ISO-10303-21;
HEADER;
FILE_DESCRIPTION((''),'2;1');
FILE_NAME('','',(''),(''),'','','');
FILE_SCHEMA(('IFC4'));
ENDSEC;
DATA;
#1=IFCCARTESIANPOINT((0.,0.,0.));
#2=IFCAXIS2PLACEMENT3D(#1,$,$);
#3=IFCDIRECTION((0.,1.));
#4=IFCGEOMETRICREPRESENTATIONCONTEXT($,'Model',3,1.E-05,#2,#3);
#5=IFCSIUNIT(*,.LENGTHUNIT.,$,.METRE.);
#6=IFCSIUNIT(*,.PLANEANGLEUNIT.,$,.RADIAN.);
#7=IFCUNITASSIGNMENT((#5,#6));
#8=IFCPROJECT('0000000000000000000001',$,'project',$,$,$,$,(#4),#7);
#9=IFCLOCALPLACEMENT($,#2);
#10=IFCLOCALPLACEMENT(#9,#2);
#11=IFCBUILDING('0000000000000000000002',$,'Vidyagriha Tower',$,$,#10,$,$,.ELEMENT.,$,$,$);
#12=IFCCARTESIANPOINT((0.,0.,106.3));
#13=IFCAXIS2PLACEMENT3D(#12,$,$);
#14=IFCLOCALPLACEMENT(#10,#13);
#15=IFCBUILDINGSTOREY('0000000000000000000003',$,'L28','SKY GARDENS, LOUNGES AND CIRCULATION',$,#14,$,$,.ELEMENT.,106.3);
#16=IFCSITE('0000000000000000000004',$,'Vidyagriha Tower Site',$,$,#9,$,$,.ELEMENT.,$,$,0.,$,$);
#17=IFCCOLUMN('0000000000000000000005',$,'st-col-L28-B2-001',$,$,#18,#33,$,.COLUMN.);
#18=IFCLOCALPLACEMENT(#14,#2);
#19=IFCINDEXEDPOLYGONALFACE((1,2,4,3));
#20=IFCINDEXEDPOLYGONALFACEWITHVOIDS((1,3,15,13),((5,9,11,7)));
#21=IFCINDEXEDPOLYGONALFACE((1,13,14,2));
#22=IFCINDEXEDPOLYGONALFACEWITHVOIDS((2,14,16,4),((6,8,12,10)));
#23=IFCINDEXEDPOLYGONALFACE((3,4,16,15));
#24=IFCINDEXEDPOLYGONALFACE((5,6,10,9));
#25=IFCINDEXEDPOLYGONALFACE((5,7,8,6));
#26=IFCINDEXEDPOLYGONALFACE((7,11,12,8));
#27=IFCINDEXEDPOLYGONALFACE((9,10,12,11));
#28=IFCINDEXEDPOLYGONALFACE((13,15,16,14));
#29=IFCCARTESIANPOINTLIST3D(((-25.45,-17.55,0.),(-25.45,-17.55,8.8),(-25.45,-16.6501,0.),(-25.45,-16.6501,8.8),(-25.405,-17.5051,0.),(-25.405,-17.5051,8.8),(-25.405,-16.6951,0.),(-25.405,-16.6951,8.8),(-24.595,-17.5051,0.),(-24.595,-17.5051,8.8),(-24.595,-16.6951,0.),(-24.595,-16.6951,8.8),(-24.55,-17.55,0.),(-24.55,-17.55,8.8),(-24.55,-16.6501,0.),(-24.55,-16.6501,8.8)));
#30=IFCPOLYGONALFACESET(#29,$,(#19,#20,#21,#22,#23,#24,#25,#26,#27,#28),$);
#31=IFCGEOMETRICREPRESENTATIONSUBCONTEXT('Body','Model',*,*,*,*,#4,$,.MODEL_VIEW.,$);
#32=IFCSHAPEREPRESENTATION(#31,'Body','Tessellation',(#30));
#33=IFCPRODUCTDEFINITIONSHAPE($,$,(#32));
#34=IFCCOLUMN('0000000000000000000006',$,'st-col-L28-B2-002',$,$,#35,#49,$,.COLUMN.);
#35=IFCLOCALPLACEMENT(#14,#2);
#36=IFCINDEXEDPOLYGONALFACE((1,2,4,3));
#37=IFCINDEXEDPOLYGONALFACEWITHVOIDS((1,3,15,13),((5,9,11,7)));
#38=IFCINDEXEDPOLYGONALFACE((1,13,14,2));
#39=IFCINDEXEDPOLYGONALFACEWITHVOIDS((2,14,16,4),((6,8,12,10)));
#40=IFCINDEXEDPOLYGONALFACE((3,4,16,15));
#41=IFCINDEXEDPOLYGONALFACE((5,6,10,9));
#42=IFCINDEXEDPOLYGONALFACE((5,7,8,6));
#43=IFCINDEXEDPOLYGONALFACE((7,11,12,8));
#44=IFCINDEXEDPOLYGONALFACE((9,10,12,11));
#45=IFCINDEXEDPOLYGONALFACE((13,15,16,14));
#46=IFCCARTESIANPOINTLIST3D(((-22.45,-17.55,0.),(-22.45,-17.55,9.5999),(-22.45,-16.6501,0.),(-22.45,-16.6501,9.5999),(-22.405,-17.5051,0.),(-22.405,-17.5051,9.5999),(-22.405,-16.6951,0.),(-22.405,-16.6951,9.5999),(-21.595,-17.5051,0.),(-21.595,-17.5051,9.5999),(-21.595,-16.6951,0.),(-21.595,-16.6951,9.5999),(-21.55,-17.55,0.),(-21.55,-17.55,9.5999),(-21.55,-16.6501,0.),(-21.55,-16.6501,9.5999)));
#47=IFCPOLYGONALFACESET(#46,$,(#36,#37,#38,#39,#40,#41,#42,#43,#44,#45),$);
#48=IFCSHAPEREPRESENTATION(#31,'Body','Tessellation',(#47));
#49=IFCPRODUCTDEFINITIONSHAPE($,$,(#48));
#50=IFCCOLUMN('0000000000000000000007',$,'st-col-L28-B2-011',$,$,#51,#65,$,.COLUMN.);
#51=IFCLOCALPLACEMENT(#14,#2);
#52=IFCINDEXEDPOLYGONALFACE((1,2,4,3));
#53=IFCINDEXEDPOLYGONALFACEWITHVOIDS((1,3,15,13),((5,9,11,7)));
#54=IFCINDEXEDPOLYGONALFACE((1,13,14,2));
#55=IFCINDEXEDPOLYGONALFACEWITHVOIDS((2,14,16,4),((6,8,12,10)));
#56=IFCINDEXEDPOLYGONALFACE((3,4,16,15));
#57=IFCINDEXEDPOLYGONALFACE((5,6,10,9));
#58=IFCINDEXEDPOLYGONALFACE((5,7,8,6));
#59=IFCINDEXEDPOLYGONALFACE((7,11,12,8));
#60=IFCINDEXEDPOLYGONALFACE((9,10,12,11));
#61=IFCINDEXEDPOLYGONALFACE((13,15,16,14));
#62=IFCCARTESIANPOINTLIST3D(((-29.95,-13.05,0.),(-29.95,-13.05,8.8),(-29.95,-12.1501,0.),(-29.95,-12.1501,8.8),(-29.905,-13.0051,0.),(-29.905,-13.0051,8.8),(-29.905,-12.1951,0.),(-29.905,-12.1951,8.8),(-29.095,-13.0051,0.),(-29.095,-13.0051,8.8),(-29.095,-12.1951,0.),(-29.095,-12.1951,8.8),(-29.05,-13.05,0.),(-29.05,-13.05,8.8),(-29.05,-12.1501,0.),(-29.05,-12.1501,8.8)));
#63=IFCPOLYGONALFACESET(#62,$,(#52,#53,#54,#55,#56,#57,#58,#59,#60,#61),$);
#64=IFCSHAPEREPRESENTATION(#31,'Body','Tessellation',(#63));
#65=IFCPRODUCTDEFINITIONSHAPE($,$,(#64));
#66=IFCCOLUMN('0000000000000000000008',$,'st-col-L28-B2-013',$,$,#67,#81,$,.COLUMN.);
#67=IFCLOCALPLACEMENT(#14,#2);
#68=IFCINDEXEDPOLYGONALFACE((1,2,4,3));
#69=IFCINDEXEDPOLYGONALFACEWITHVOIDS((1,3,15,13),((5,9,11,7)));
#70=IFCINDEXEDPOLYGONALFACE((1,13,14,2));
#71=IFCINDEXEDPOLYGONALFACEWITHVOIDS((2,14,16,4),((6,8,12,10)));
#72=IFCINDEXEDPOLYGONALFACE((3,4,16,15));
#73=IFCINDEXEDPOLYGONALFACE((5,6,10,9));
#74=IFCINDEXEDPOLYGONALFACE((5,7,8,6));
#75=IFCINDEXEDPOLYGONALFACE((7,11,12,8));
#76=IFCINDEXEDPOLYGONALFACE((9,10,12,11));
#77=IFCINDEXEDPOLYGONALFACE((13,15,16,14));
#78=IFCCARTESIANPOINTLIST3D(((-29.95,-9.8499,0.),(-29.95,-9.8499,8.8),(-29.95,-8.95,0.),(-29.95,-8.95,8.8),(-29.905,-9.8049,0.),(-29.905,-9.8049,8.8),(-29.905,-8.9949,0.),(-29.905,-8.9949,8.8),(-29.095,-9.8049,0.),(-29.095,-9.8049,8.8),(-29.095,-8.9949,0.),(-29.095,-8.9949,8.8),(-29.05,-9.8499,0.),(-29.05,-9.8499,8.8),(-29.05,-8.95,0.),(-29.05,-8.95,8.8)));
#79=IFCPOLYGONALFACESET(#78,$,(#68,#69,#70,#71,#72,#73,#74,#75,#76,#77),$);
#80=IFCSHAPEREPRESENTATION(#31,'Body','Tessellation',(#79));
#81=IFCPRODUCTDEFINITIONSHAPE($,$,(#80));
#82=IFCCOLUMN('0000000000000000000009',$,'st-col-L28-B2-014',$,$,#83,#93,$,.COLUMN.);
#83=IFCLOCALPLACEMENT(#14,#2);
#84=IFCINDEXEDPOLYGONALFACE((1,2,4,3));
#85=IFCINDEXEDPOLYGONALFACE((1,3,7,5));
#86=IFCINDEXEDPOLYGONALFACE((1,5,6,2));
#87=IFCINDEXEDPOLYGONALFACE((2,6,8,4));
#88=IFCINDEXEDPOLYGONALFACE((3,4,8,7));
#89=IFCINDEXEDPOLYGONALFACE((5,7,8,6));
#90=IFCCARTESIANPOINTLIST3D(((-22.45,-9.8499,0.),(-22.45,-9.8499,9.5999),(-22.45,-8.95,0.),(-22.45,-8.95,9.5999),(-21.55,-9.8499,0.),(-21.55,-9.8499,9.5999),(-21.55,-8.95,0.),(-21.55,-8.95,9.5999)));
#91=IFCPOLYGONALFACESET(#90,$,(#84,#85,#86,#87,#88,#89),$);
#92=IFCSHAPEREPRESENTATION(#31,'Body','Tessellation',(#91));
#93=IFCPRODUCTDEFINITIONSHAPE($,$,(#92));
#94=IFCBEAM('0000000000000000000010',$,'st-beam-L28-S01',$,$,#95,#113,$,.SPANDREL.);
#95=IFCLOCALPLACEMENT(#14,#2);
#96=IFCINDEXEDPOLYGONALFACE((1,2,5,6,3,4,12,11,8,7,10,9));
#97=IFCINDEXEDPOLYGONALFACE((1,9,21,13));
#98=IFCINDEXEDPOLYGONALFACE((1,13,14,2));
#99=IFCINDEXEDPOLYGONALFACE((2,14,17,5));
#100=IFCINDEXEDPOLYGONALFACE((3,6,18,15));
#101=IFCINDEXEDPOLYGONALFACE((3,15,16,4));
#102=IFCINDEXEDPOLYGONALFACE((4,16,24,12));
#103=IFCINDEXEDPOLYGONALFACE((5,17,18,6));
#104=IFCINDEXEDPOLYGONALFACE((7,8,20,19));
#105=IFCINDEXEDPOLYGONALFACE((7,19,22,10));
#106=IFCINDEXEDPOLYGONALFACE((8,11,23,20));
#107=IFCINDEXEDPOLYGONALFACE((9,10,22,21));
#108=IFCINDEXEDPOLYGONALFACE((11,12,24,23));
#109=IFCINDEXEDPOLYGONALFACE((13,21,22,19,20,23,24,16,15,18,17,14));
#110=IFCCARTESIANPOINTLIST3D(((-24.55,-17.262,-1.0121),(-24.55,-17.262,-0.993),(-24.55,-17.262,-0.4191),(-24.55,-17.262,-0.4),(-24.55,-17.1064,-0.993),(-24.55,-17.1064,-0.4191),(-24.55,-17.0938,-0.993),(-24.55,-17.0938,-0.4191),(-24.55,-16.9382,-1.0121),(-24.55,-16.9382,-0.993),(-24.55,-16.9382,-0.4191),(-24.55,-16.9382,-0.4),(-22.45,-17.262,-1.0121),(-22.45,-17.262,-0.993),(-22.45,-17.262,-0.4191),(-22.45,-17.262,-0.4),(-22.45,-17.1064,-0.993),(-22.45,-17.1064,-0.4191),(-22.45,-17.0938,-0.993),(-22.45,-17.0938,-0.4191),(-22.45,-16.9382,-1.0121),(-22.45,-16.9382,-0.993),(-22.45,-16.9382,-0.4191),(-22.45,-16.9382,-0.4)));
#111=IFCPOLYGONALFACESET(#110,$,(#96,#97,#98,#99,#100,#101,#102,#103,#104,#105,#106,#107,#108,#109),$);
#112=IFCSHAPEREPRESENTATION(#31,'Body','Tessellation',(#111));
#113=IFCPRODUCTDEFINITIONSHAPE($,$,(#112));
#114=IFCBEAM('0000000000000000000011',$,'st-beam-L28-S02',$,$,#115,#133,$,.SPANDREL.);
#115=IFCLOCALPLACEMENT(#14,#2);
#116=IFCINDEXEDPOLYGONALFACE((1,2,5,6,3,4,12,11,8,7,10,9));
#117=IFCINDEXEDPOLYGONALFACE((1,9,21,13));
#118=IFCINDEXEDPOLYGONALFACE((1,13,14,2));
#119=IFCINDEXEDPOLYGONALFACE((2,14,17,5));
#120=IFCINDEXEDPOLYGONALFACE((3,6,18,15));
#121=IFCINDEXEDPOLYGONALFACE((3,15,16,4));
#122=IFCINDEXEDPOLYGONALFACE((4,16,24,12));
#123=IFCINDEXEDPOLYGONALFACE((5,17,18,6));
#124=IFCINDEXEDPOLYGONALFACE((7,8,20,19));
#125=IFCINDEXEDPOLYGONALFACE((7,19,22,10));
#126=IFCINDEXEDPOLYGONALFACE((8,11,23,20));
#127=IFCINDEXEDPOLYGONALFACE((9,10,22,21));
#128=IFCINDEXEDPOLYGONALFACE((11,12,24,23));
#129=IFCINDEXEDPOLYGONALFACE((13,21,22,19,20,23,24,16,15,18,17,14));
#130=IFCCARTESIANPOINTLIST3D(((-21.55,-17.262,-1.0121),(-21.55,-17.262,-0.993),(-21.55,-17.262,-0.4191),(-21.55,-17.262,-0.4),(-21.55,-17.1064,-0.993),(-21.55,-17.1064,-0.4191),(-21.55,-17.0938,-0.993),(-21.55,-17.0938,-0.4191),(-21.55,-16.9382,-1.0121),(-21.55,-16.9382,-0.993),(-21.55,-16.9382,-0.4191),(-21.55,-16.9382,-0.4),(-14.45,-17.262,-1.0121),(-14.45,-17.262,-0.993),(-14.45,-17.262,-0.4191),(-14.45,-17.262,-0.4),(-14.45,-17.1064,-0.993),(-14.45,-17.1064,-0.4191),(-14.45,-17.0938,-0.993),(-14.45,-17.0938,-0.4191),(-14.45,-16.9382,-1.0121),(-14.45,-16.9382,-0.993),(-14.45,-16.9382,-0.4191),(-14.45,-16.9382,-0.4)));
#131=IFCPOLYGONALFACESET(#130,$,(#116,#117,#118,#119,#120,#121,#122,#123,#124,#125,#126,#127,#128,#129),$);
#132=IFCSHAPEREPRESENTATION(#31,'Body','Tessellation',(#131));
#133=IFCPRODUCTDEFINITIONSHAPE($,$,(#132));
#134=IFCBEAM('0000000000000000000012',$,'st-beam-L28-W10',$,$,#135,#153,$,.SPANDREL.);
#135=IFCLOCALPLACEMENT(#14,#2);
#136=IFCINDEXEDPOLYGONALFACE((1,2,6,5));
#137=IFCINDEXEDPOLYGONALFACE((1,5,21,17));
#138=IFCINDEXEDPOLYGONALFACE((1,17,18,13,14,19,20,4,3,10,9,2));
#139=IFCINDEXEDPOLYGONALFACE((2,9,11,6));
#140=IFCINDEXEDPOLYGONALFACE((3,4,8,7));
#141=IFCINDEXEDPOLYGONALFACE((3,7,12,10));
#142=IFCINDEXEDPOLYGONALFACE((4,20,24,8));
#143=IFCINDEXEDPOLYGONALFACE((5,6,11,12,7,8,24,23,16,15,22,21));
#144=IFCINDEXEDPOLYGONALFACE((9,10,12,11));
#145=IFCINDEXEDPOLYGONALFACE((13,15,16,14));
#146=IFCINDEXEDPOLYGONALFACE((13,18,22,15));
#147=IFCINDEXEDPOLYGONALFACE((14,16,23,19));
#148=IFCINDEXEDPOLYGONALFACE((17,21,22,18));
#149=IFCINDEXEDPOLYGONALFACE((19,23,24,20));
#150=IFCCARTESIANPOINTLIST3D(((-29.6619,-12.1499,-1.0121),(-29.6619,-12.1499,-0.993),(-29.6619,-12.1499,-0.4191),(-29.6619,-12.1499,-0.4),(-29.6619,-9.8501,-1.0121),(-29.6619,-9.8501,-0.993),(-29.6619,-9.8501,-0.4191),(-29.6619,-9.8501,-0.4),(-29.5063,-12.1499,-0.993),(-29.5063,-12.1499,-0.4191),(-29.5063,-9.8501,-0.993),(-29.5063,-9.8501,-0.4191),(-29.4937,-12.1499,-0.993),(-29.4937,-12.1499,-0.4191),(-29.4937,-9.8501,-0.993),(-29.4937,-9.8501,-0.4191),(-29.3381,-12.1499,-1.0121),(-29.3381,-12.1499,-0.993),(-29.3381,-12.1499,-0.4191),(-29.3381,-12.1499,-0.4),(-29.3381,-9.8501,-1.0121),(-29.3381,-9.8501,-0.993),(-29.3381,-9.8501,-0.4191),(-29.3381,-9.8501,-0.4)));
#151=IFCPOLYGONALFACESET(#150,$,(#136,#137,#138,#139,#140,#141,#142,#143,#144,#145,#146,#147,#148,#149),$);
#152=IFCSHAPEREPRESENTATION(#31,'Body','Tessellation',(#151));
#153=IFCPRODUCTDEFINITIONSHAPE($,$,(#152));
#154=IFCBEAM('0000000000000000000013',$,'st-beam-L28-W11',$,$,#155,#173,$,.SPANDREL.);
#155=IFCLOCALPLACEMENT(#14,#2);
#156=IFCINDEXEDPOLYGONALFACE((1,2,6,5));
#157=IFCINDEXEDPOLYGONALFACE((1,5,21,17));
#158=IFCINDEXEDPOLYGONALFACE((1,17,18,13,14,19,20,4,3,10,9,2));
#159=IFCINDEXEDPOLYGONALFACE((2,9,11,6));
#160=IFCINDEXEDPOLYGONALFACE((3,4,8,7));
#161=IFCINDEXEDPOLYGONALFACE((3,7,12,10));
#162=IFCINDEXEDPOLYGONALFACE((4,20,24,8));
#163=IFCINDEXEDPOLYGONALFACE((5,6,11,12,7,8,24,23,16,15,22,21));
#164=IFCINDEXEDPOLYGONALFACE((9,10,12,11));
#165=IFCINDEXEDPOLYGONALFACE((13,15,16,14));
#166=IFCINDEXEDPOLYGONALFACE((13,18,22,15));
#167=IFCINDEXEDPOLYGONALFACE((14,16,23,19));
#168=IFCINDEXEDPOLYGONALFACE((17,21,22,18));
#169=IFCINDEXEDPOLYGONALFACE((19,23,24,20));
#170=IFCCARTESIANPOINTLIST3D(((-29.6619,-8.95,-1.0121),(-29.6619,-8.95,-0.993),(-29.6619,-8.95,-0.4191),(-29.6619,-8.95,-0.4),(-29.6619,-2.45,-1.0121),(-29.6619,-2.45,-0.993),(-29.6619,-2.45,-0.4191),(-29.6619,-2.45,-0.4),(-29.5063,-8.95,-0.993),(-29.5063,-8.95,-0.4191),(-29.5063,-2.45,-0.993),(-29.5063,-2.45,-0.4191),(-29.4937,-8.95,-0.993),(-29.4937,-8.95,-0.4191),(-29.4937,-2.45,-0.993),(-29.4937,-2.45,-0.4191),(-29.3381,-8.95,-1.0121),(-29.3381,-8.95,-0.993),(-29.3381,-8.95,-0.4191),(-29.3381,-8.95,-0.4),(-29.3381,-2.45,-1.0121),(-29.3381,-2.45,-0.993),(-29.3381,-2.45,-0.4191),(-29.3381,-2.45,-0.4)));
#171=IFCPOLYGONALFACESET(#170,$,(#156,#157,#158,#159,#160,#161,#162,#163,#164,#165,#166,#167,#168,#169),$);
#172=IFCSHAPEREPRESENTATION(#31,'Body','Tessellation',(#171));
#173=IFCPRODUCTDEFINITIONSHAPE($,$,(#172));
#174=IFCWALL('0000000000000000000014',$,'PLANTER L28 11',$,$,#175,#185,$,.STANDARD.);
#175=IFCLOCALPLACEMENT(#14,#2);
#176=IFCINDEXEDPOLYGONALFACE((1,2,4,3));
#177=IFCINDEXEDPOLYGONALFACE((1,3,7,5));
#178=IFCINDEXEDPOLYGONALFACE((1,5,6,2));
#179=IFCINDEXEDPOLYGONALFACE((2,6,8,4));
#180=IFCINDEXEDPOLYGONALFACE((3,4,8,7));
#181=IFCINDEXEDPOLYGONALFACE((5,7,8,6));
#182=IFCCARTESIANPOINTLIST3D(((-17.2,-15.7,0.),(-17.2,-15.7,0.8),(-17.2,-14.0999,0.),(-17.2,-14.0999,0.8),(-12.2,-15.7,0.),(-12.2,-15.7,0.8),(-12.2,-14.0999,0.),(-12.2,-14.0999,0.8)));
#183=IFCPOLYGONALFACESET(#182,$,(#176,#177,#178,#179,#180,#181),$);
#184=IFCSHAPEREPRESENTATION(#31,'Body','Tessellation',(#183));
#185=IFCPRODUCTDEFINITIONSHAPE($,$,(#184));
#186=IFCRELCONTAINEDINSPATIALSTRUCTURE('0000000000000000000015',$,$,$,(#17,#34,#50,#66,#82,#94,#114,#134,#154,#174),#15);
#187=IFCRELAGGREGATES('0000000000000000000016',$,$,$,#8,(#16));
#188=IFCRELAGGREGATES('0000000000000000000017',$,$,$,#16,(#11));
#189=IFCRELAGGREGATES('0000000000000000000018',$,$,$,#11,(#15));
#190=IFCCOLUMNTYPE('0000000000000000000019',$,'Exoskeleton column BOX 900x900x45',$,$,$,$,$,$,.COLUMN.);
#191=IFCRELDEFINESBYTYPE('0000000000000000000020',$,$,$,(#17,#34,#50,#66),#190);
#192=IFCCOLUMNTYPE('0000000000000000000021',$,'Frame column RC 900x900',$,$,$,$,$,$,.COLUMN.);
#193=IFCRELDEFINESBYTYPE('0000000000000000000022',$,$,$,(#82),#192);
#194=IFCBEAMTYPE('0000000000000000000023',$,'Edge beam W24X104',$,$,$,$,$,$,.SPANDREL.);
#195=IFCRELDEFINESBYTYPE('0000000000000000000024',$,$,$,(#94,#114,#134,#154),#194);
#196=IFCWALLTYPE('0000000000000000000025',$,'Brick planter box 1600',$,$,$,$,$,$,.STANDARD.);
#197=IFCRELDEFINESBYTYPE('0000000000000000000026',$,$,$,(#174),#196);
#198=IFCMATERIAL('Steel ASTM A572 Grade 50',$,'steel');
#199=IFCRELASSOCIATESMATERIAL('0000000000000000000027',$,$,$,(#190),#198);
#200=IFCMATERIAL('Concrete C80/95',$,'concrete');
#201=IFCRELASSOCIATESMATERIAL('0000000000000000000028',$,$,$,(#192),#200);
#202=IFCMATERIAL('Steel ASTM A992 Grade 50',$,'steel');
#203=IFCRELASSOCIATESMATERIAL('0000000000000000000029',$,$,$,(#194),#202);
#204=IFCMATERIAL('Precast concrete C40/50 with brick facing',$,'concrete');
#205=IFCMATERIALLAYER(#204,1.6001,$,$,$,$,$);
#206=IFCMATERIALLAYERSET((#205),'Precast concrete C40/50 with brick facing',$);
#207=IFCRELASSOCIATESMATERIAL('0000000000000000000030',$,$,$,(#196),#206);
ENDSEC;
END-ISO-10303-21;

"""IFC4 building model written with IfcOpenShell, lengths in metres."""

from ifc_helpers import new_model, si_unit, direction, frame, frame_2d, origin, origin_2d, place, context, subcontext, project, spatial, rectangle, hollow_rectangle, i_section, extrude, material, layer, layer_set, material_profile, profile_set, type_object, element, save


model = new_model("IFC4")

# Units and contexts
model_context = context("Model", 3, precision=1e-05, world=origin(), true_north=direction((0.0, 1.0)))
body_context = subcontext(model_context, "Body", "Model", "MODEL_VIEW")
ifc_project = project(units=[si_unit("LENGTHUNIT", "METRE"), si_unit("PLANEANGLEUNIT", "RADIAN")], contexts=[model_context])

# Site, building, storey
site_placement = place(None, origin())
site = spatial("IfcSite", under=ifc_project, at=site_placement, Name="Vidyagriha Tower Site", CompositionType="ELEMENT", RefElevation=0.0)
building_placement = place(site_placement, origin())
building = spatial("IfcBuilding", under=site, at=building_placement, Name="Vidyagriha Tower", CompositionType="ELEMENT")
storey_placement = place(building_placement, frame((0.0, 0.0, 106.3)))
storey = spatial("IfcBuildingStorey", under=building, at=storey_placement, Name="L28", Description="SKY GARDENS, LOUNGES AND CIRCULATION", CompositionType="ELEMENT", Elevation=106.3)

# Columns
ifc_material_1 = material(Name="Steel ASTM A572 Grade 50", Category="steel")
ifc_material_profile_1 = material_profile(ifc_material_1, hollow_rectangle(XDim=0.8999, YDim=0.8999, WallThickness=0.0449, at=origin_2d()), Name="BOX 900x900x45")
ifc_profile_set_1 = profile_set([ifc_material_profile_1], Name="Steel ASTM A572 Grade 50")
column_type_1 = type_object("IfcColumnType", Name="Exoskeleton column BOX 900x900x45", PredefinedType="COLUMN", material=ifc_profile_set_1)
column_1_placement = place(storey_placement, frame((-25.0, -17.1001, 0.0)))
element("IfcColumn", 1, at=column_1_placement, inside=storey, type_object=column_type_1, Name="st-col-L28-B2-001", PredefinedType="COLUMN", context=body_context, shape_type="SweptSolid", body=[
    extrude(hollow_rectangle(XDim=0.8999, YDim=0.8999, WallThickness=0.0449, at=origin_2d()), origin(), (0.0, 0.0, 1.0), 8.8),
])
column_2_placement = place(storey_placement, frame((-22.0, -17.1001, 0.0)))
element("IfcColumn", 2, at=column_2_placement, inside=storey, type_object=column_type_1, Name="st-col-L28-B2-002", PredefinedType="COLUMN", context=body_context, shape_type="SweptSolid", body=[
    extrude(hollow_rectangle(XDim=0.8999, YDim=0.8999, WallThickness=0.0449, at=origin_2d()), origin(), (0.0, 0.0, 1.0), 9.5999),
])
for number, where, name in (
    (3, (-29.5, -12.6001, 0.0), "st-col-L28-B2-011"),
    (4, (-29.5, -9.3999, 0.0), "st-col-L28-B2-013"),
):
    element("IfcColumn", number, at=place(storey_placement, frame(where)), inside=storey, type_object=column_type_1, Name=name, PredefinedType="COLUMN", context=body_context, shape_type="SweptSolid", body=[
        extrude(hollow_rectangle(XDim=0.8999, YDim=0.8999, WallThickness=0.0449, at=origin_2d()), origin(), (0.0, 0.0, 1.0), 8.8),
    ])
ifc_material_2 = material(Name="Concrete C80/95", Category="concrete")
ifc_material_profile_2 = material_profile(ifc_material_2, rectangle(XDim=0.8999, YDim=0.8999, at=origin_2d()), Name="RC 900x900")
ifc_profile_set_2 = profile_set([ifc_material_profile_2], Name="Concrete C80/95")
column_type_2 = type_object("IfcColumnType", Name="Frame column RC 900x900", PredefinedType="COLUMN", material=ifc_profile_set_2)
column_3_placement = place(storey_placement, frame((-22.0, -9.3999, 0.0)))
element("IfcColumn", 5, at=column_3_placement, inside=storey, type_object=column_type_2, Name="st-col-L28-B2-014", PredefinedType="COLUMN", context=body_context, shape_type="SweptSolid", body=[
    extrude(rectangle(XDim=0.8999, YDim=0.8999, at=origin_2d()), origin(), (0.0, 0.0, 1.0), 9.5999),
])

# Beams
ifc_material_3 = material(Name="Steel ASTM A992 Grade 50", Category="steel")
ifc_material_profile_3 = material_profile(ifc_material_3, i_section(OverallWidth=0.3237, OverallDepth=0.6121, WebThickness=0.0127, FlangeThickness=0.019, at=origin_2d()), Name="W24X104")
ifc_profile_set_3 = profile_set([ifc_material_profile_3], Name="Steel ASTM A992 Grade 50")
beam_type = type_object("IfcBeamType", Name="Edge beam W24X104", PredefinedType="SPANDREL", material=ifc_profile_set_3)
beam_1_placement = place(storey_placement, frame((-24.55, -17.1001, -0.7061), z_axis=(1.0, 0.0, 0.0), x_axis=(0.0, 1.0, 0.0)))
element("IfcBeam", 6, at=beam_1_placement, inside=storey, type_object=beam_type, Name="st-beam-L28-S01", PredefinedType="SPANDREL", context=body_context, shape_type="SweptSolid", body=[
    extrude(i_section(OverallWidth=0.3237, OverallDepth=0.6121, WebThickness=0.0127, FlangeThickness=0.019, at=origin_2d()), origin(), (0.0, 0.0, 1.0), 2.1001),
])
beam_2_placement = place(storey_placement, frame((-21.55, -17.1001, -0.7061), z_axis=(1.0, 0.0, 0.0), x_axis=(0.0, 1.0, 0.0)))
element("IfcBeam", 7, at=beam_2_placement, inside=storey, type_object=beam_type, Name="st-beam-L28-S02", PredefinedType="SPANDREL", context=body_context, shape_type="SweptSolid", body=[
    extrude(i_section(OverallWidth=0.3237, OverallDepth=0.6121, WebThickness=0.0127, FlangeThickness=0.019, at=origin_2d()), origin(), (0.0, 0.0, 1.0), 7.1001),
])
beam_3_placement = place(storey_placement, frame((-29.5, -12.1499, -0.7061), z_axis=(0.0, 1.0, 0.0), x_axis=(-1.0, 0.0, 0.0)))
element("IfcBeam", 8, at=beam_3_placement, inside=storey, type_object=beam_type, Name="st-beam-L28-W10", PredefinedType="SPANDREL", context=body_context, shape_type="SweptSolid", body=[
    extrude(i_section(OverallWidth=0.3237, OverallDepth=0.6121, WebThickness=0.0127, FlangeThickness=0.019, at=origin_2d()), origin(), (0.0, 0.0, 1.0), 2.2998),
])
beam_4_placement = place(storey_placement, frame((-29.5, -8.95, -0.7061), z_axis=(0.0, 1.0, 0.0), x_axis=(-1.0, 0.0, 0.0)))
element("IfcBeam", 9, at=beam_4_placement, inside=storey, type_object=beam_type, Name="st-beam-L28-W11", PredefinedType="SPANDREL", context=body_context, shape_type="SweptSolid", body=[
    extrude(i_section(OverallWidth=0.3237, OverallDepth=0.6121, WebThickness=0.0127, FlangeThickness=0.019, at=origin_2d()), origin(), (0.0, 0.0, 1.0), 6.5),
])

# Wall
ifc_material_4 = material(Name="Precast concrete C40/50 with brick facing", Category="concrete")
ifc_layer_1 = layer(ifc_material_4, 1.6001)
ifc_layer_set_1 = layer_set([ifc_layer_1], Name="Precast concrete C40/50 with brick facing")
wall_type_1 = type_object("IfcWallType", Name="Brick planter box 1600", PredefinedType="STANDARD", material=ifc_layer_set_1)
wall_1_placement = place(storey_placement, frame((-17.2, -14.8999, 0.0)))
element("IfcWall", 10, at=wall_1_placement, inside=storey, type_object=wall_type_1, Name="PLANTER L28 11", PredefinedType="STANDARD", context=body_context, shape_type="SweptSolid", body=[
    extrude(rectangle(XDim=5.0, YDim=1.6001, at=frame_2d((2.5, 0.0))), origin(), (0.0, 0.0, 1.0), 0.8),
])

save(model, "model.ifc")
